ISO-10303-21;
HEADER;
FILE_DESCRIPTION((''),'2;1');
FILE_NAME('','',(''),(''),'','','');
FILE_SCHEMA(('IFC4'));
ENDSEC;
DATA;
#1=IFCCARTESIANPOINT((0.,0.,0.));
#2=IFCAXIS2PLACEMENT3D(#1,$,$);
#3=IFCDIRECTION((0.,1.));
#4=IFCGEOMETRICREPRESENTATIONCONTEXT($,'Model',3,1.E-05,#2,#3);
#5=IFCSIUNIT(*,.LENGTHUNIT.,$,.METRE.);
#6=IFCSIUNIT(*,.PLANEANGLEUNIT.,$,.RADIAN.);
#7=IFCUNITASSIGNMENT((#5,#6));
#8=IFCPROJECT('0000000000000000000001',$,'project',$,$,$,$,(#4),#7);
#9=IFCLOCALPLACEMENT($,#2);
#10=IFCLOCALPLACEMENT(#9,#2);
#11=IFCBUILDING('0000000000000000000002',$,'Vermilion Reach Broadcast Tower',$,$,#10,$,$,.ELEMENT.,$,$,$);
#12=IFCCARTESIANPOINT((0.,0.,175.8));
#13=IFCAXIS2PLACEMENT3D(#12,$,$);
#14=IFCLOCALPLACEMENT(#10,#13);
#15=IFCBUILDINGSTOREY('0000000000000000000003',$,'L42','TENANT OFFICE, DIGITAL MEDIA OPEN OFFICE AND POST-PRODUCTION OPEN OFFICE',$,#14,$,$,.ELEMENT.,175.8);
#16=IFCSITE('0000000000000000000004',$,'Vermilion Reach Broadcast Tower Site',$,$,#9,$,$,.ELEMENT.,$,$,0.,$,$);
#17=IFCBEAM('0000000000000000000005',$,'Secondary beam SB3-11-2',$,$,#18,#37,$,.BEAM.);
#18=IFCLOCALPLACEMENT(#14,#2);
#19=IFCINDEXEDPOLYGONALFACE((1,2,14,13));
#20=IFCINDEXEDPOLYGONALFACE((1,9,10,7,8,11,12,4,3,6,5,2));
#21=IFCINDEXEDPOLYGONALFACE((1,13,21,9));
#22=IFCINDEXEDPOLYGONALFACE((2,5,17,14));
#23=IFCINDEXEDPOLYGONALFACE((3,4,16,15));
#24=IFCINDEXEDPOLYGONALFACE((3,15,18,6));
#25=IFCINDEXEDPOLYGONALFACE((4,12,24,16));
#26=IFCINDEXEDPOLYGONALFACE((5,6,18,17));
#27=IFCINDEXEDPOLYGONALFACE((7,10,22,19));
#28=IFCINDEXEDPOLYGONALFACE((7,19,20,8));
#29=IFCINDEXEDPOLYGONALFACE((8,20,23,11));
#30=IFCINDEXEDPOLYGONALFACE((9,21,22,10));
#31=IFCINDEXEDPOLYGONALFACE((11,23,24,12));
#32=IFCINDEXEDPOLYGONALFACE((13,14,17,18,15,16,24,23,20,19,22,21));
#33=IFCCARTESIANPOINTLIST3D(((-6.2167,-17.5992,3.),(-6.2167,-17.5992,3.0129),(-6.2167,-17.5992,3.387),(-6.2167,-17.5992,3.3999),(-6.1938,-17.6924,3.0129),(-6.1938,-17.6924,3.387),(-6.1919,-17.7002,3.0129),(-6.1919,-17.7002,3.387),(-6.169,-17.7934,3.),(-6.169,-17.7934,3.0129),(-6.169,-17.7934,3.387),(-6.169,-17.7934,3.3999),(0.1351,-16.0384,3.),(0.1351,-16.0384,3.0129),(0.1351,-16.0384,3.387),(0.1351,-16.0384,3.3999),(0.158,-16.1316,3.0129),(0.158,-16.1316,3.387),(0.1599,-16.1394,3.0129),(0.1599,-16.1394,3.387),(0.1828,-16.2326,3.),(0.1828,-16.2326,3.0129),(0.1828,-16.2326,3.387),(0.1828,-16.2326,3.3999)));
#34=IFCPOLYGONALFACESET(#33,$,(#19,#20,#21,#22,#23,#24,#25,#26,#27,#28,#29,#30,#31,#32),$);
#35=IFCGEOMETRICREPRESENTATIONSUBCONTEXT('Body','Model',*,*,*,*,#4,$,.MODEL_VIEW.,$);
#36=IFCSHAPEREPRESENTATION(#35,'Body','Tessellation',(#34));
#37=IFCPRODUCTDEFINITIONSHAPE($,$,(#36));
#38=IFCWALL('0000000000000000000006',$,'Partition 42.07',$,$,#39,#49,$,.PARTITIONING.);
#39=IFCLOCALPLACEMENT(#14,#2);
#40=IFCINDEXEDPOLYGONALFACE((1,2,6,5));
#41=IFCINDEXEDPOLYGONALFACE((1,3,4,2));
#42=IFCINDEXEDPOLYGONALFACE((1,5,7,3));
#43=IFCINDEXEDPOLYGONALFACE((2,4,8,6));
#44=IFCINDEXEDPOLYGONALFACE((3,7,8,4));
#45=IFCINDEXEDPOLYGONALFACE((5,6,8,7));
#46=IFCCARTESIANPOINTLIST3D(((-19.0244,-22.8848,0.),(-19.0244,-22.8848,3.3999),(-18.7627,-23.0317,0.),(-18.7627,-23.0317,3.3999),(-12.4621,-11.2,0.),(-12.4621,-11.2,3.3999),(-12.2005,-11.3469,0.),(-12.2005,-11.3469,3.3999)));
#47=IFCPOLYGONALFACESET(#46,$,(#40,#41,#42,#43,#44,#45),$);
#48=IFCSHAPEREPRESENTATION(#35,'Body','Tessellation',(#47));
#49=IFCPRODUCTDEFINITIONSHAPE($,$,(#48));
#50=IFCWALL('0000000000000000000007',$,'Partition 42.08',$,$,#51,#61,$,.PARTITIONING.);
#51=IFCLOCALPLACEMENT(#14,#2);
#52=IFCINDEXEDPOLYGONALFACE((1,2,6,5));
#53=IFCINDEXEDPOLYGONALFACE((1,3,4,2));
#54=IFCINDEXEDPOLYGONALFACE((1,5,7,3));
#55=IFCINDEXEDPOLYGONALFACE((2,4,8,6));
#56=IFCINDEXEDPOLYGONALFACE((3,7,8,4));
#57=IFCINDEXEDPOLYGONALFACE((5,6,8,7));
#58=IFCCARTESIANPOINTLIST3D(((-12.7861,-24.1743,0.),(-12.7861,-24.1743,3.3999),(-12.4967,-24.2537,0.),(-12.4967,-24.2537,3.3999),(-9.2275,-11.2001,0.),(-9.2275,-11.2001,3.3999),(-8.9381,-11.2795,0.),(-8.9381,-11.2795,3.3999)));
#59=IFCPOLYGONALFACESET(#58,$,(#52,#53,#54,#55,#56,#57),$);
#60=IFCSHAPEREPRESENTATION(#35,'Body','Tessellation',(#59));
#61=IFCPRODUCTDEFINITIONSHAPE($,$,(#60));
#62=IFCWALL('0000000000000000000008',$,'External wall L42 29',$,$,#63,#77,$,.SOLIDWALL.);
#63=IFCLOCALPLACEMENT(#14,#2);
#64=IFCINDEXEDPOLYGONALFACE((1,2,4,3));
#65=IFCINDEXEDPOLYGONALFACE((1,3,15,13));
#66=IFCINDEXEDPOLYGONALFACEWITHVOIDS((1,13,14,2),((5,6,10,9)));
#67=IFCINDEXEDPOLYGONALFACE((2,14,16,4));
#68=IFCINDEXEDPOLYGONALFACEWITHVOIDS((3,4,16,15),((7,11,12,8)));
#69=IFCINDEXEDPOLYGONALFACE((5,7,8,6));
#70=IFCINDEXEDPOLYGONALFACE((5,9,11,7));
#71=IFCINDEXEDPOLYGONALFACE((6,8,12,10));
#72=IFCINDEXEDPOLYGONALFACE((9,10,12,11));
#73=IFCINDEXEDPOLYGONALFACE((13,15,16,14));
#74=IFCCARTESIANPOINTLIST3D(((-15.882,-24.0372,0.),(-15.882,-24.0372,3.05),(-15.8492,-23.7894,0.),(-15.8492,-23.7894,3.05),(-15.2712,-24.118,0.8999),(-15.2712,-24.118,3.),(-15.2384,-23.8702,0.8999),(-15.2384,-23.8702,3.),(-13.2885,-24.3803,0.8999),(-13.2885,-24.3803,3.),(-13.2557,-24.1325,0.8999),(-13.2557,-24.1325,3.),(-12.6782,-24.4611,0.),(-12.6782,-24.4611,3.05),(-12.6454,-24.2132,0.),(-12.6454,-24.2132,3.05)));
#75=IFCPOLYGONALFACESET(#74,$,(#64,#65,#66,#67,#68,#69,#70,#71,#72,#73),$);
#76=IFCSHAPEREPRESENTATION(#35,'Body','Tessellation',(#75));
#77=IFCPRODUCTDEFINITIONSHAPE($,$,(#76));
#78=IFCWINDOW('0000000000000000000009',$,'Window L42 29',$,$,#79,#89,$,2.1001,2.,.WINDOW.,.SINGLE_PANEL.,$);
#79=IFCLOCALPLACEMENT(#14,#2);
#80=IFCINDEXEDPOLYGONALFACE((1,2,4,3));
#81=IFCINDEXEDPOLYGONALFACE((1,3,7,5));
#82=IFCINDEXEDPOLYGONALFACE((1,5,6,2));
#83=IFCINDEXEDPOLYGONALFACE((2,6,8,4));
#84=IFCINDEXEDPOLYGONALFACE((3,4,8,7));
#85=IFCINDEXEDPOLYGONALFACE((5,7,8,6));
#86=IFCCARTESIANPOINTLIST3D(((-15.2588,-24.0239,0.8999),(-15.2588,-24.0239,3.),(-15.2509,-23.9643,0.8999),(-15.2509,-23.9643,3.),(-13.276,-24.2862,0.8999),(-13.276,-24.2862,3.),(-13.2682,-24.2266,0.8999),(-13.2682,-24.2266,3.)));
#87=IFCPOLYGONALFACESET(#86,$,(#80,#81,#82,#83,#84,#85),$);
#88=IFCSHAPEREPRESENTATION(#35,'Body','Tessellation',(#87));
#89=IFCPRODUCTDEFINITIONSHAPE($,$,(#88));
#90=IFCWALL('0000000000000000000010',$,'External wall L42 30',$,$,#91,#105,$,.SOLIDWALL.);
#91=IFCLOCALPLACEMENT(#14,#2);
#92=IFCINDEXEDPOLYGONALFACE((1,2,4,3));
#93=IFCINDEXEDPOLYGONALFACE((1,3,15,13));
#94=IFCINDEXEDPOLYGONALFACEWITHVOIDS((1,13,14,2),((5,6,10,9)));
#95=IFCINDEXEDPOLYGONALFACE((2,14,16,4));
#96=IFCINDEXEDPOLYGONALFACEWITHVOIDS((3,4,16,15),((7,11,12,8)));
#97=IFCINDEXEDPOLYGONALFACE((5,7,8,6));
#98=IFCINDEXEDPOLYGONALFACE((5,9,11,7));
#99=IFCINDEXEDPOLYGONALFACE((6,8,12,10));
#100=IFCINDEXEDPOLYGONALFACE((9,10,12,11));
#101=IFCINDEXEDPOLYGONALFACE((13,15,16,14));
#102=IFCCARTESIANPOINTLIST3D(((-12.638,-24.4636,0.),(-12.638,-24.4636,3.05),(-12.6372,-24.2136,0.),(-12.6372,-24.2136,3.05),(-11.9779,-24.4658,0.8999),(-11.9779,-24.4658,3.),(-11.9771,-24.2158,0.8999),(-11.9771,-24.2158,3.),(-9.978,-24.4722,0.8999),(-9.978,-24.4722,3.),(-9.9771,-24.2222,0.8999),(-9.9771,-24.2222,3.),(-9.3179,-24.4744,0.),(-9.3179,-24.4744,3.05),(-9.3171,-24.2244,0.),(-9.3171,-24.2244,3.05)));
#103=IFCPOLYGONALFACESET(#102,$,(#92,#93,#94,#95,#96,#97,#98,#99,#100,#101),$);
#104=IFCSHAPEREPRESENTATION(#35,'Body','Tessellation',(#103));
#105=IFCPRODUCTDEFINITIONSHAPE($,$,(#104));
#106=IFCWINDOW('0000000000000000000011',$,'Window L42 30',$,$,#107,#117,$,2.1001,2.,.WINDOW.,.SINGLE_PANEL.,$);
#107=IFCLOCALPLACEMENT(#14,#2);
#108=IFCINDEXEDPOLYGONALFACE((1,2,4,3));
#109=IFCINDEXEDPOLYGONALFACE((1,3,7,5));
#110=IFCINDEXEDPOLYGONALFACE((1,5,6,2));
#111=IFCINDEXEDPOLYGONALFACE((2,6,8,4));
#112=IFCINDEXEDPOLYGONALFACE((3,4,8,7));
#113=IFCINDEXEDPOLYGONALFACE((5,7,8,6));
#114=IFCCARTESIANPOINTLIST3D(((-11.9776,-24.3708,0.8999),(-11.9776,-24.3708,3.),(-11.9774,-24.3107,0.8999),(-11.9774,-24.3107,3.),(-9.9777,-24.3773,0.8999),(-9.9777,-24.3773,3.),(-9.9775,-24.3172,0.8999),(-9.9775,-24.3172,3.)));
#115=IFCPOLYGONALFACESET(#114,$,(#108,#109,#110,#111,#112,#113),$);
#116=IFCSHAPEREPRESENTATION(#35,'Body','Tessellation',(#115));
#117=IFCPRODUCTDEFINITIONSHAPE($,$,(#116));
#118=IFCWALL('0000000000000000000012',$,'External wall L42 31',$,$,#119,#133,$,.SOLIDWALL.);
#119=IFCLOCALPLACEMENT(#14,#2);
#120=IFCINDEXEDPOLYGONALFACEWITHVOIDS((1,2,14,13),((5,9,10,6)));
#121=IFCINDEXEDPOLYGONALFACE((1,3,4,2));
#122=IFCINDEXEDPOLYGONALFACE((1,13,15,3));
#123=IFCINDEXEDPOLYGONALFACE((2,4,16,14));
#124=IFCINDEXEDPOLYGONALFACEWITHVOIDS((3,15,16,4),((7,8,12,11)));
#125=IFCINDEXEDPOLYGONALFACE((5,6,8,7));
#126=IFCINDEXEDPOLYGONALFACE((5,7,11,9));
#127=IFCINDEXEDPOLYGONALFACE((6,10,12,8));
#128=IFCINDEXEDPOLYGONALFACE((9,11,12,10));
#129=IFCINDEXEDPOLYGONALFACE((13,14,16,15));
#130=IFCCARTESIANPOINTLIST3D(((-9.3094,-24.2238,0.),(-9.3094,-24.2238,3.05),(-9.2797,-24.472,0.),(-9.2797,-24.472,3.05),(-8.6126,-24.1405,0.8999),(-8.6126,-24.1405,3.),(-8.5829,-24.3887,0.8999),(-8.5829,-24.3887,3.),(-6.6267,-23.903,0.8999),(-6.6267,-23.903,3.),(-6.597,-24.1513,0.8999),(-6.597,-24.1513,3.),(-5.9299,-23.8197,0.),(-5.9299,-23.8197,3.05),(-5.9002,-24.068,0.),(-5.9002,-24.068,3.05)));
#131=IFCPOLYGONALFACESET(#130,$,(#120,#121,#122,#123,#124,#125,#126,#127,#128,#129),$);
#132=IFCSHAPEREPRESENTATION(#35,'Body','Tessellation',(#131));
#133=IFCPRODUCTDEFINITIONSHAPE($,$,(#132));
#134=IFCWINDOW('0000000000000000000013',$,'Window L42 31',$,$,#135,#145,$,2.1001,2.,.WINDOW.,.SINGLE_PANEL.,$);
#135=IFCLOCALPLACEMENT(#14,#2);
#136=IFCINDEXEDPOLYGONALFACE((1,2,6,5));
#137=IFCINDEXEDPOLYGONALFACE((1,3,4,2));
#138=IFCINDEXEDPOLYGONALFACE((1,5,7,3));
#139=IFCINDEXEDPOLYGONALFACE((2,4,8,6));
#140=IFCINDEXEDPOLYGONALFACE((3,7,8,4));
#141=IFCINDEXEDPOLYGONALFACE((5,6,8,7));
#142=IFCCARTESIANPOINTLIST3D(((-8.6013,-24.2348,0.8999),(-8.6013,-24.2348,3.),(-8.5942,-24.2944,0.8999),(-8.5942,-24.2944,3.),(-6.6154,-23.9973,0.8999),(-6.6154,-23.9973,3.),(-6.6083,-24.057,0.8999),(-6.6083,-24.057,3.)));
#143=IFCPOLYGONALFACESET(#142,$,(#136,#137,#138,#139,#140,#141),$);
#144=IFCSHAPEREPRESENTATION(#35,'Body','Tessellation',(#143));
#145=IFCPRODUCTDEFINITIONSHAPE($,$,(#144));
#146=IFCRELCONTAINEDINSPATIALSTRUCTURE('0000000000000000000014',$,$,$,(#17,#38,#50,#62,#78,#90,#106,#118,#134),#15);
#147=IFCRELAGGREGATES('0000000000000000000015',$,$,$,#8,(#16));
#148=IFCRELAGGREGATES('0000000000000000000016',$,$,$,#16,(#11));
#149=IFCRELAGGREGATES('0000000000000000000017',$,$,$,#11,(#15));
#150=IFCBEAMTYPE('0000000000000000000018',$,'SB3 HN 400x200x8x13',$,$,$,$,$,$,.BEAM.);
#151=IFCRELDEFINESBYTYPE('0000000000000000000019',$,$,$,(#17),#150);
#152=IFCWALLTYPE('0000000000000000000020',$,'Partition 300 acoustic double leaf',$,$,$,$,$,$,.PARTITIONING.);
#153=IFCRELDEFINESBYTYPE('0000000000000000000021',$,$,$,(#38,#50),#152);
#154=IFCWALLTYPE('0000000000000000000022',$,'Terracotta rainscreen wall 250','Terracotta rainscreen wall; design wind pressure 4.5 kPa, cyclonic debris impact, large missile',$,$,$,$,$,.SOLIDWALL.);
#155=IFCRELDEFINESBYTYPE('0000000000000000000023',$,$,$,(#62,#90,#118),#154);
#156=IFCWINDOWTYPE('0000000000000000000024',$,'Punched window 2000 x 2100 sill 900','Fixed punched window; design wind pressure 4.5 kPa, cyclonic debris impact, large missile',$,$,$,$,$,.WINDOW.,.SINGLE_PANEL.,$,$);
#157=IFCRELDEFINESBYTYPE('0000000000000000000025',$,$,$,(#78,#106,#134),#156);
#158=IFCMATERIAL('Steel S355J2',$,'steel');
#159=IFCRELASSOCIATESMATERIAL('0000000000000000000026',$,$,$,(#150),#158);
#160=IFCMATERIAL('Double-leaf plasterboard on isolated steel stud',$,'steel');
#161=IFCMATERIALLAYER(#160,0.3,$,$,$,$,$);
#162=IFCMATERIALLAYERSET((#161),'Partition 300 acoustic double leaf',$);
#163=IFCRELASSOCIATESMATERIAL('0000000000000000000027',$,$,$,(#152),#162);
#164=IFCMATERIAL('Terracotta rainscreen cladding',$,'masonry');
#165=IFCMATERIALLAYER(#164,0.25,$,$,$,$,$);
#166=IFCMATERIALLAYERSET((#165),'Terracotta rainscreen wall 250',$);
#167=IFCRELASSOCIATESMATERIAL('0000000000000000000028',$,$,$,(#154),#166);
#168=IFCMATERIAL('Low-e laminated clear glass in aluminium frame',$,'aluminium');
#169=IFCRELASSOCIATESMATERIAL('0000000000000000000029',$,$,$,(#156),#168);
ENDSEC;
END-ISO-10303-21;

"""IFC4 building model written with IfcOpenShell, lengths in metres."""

from ifc_helpers import new_model, si_unit, direction, frame, frame_2d, origin, origin_2d, place, context, subcontext, project, spatial, rectangle, i_section, extrude, material, layer, layer_set, material_profile, profile_set, type_object, element, fill, save


model = new_model("IFC4")

# Units and contexts
model_context = context("Model", 3, precision=1e-05, world=origin(), true_north=direction((0.0, 1.0)))
body_context = subcontext(model_context, "Body", "Model", "MODEL_VIEW")
ifc_project = project(units=[si_unit("LENGTHUNIT", "METRE"), si_unit("PLANEANGLEUNIT", "RADIAN")], contexts=[model_context])

# Site, building, storey
site_placement = place(None, origin())
site = spatial("IfcSite", under=ifc_project, at=site_placement, Name="Vermilion Reach Broadcast Tower Site", CompositionType="ELEMENT", RefElevation=0.0)
building_placement = place(site_placement, origin())
building = spatial("IfcBuilding", under=site, at=building_placement, Name="Vermilion Reach Broadcast Tower", CompositionType="ELEMENT")
storey_placement = place(building_placement, frame((0.0, 0.0, 175.8)))
storey = spatial("IfcBuildingStorey", under=building, at=storey_placement, Name="L42", Description="TENANT OFFICE, DIGITAL MEDIA OPEN OFFICE AND POST-PRODUCTION OPEN OFFICE", CompositionType="ELEMENT", Elevation=175.8)

# Beam
ifc_material_1 = material(Name="Steel S355J2", Category="steel")
ifc_material_profile_1 = material_profile(ifc_material_1, i_section(OverallWidth=0.2, OverallDepth=0.3999, WebThickness=0.0081, FlangeThickness=0.0129, at=origin_2d()), Name="S355J2 HN 400x200x8x13")
ifc_profile_set_1 = profile_set([ifc_material_profile_1], Name="Steel S355J2")
beam_type_1 = type_object("IfcBeamType", Name="SB3 HN 400x200x8x13", PredefinedType="BEAM", material=ifc_profile_set_1)
beam_1_placement = place(storey_placement, frame((-6.1929, -17.6963, 3.2), z_axis=(0.971112, 0.238625, 0.0), x_axis=(-0.238625, 0.971112, 0.0)))
element("IfcBeam", 1, at=beam_1_placement, inside=storey, type_object=beam_type_1, Name="Secondary beam SB3-11-2", PredefinedType="BEAM", context=body_context, shape_type="SweptSolid", body=[
    extrude(i_section(OverallWidth=0.2, OverallDepth=0.3999, WebThickness=0.0081, FlangeThickness=0.0129, at=origin_2d()), origin(), (0.0, 0.0, 1.0), 6.5408),
])

# Walls
ifc_material_2 = material(Name="Double-leaf plasterboard on isolated steel stud", Category="steel")
ifc_layer_1 = layer(ifc_material_2, 0.3)
ifc_layer_set_1 = layer_set([ifc_layer_1], Name="Partition 300 acoustic double leaf")
wall_type_1 = type_object("IfcWallType", Name="Partition 300 acoustic double leaf", PredefinedType="PARTITIONING", material=ifc_layer_set_1)
wall_1_placement = place(storey_placement, frame((-18.8936, -22.9583, 0.0), z_axis=(0.0, 0.0, 1.0), x_axis=(0.489669, 0.871909, 0.0)))
element("IfcWall", 2, at=wall_1_placement, inside=storey, type_object=wall_type_1, Name="Partition 42.07", PredefinedType="PARTITIONING", context=body_context, shape_type="SweptSolid", body=[
    extrude(rectangle(XDim=13.4014, YDim=0.3, at=frame_2d((6.7007, 0.0))), origin(), (0.0, 0.0, 1.0), 3.3999),
])
wall_2_placement = place(storey_placement, frame((-12.6414, -24.2139, 0.0), z_axis=(0.0, 0.0, 1.0), x_axis=(0.264514, 0.964382, 0.0)))
element("IfcWall", 3, at=wall_2_placement, inside=storey, type_object=wall_type_1, Name="Partition 42.08", PredefinedType="PARTITIONING", context=body_context, shape_type="SweptSolid", body=[
    extrude(rectangle(XDim=13.4534, YDim=0.3, at=frame_2d((6.7266, 0.0))), origin(), (0.0, 0.0, 1.0), 3.3999),
])

# Shared definitions
ifc_material_3 = material(Name="Terracotta rainscreen cladding", Category="masonry")
ifc_layer_2 = layer(ifc_material_3, 0.25)
ifc_layer_set_2 = layer_set([ifc_layer_2], Name="Terracotta rainscreen wall 250")
wall_type_2 = type_object("IfcWallType", Name="Terracotta rainscreen wall 250", Description="Terracotta rainscreen wall; design wind pressure 4.5 kPa, cyclonic debris impact, large missile", PredefinedType="SOLIDWALL", material=ifc_layer_set_2)

# Walls, openings, windows
wall_3_placement = place(storey_placement, frame((-15.8655, -23.9133, 0.0), z_axis=(0.0, 0.0, 1.0), x_axis=(0.991363, -0.131144, 0.0)))
wall_3 = element("IfcWall", 4, at=wall_3_placement, inside=storey, type_object=wall_type_2, Name="External wall L42 29", PredefinedType="SOLIDWALL", context=body_context, shape_type="SweptSolid", body=[
    extrude(rectangle(XDim=3.2317, YDim=0.25, at=frame_2d((1.6157, 0.0))), origin(), (0.0, 0.0, 1.0), 3.05),
])
opening_1_placement = place(wall_3_placement, frame((0.616, 0.0, 0.8999)))
opening_1 = element("IfcOpeningElement", 5, at=opening_1_placement, cuts=wall_3, PredefinedType="OPENING", context=body_context, shape_type="SweptSolid", body=[
    extrude(rectangle(XDim=2.0, YDim=2.1001, at=frame_2d((1.0, 1.05))), frame((0.0, 0.135, 0.0), z_axis=(0.0, -1.0, 0.0), x_axis=(1.0, 0.0, 0.0)), (0.0, 0.0, 1.0), 0.27),
])
ifc_material_4 = material(Name="Low-e laminated clear glass in aluminium frame", Category="aluminium")
window_type = type_object("IfcWindowType", Name="Punched window 2000 x 2100 sill 900", Description="Fixed punched window; design wind pressure 4.5 kPa, cyclonic debris impact, large missile", PartitioningType="SINGLE_PANEL", PredefinedType="WINDOW", material=ifc_material_4)
window_1_placement = place(opening_1_placement, origin())
window_1 = element("IfcWindow", 6, at=window_1_placement, inside=storey, type_object=window_type, Name="Window L42 29", OverallHeight=2.1001, OverallWidth=2.0, PartitioningType="SINGLE_PANEL", PredefinedType="WINDOW", context=body_context, shape_type="SweptSolid", body=[
    extrude(rectangle(XDim=2.0, YDim=2.1001, at=frame_2d((1.0, 1.05))), frame((0.0, 0.03, 0.0), z_axis=(0.0, -1.0, 0.0), x_axis=(1.0, 0.0, 0.0)), (0.0, 0.0, 1.0), 0.0601),
])
fill(opening_1, window_1)
wall_4_placement = place(storey_placement, frame((-12.6377, -24.3386, 0.0), z_axis=(0.0, 0.0, 1.0), x_axis=(0.999995, -0.003236, 0.0)))
wall_4 = element("IfcWall", 7, at=wall_4_placement, inside=storey, type_object=wall_type_2, Name="External wall L42 30", PredefinedType="SOLIDWALL", context=body_context, shape_type="SweptSolid", body=[
    extrude(rectangle(XDim=3.3201, YDim=0.25, at=frame_2d((1.6602, 0.0))), origin(), (0.0, 0.0, 1.0), 3.05),
])
opening_2_placement = place(wall_4_placement, frame((0.6602, 0.0, 0.8999)))
opening_2 = element("IfcOpeningElement", 8, at=opening_2_placement, cuts=wall_4, PredefinedType="OPENING", context=body_context, shape_type="SweptSolid", body=[
    extrude(rectangle(XDim=2.0, YDim=2.1001, at=frame_2d((1.0, 1.05))), frame((0.0, 0.135, 0.0), z_axis=(0.0, -1.0, 0.0), x_axis=(1.0, 0.0, 0.0)), (0.0, 0.0, 1.0), 0.27),
])
window_2_placement = place(opening_2_placement, origin())
window_2 = element("IfcWindow", 9, at=window_2_placement, inside=storey, type_object=window_type, Name="Window L42 30", OverallHeight=2.1001, OverallWidth=2.0, PartitioningType="SINGLE_PANEL", PredefinedType="WINDOW", context=body_context, shape_type="SweptSolid", body=[
    extrude(rectangle(XDim=2.0, YDim=2.1001, at=frame_2d((1.0, 1.05))), frame((0.0, 0.03, 0.0), z_axis=(0.0, -1.0, 0.0), x_axis=(1.0, 0.0, 0.0)), (0.0, 0.0, 1.0), 0.0601),
])
fill(opening_2, window_2)
wall_5_placement = place(storey_placement, frame((-9.2944, -24.3479, 0.0), z_axis=(0.0, 0.0, 1.0), x_axis=(0.992928, 0.118718, 0.0)))
wall_5 = element("IfcWall", 10, at=wall_5_placement, inside=storey, type_object=wall_type_2, Name="External wall L42 31", PredefinedType="SOLIDWALL", context=body_context, shape_type="SweptSolid", body=[
    extrude(rectangle(XDim=3.4036, YDim=0.25, at=frame_2d((1.7017, 0.0))), origin(), (0.0, 0.0, 1.0), 3.05),
])
opening_3_placement = place(wall_5_placement, frame((0.7017, 0.0, 0.8999)))
opening_3 = element("IfcOpeningElement", 11, at=opening_3_placement, cuts=wall_5, PredefinedType="OPENING", context=body_context, shape_type="SweptSolid", body=[
    extrude(rectangle(XDim=2.0, YDim=2.1001, at=frame_2d((1.0, 1.05))), frame((0.0, 0.135, 0.0), z_axis=(0.0, -1.0, 0.0), x_axis=(1.0, 0.0, 0.0)), (0.0, 0.0, 1.0), 0.27),
])
window_3_placement = place(opening_3_placement, origin())
window_3 = element("IfcWindow", 12, at=window_3_placement, inside=storey, type_object=window_type, Name="Window L42 31", OverallHeight=2.1001, OverallWidth=2.0, PartitioningType="SINGLE_PANEL", PredefinedType="WINDOW", context=body_context, shape_type="SweptSolid", body=[
    extrude(rectangle(XDim=2.0, YDim=2.1001, at=frame_2d((1.0, 1.05))), frame((0.0, 0.03, 0.0), z_axis=(0.0, -1.0, 0.0), x_axis=(1.0, 0.0, 0.0)), (0.0, 0.0, 1.0), 0.0601),
])
fill(opening_3, window_3)

save(model, "model.ifc")
